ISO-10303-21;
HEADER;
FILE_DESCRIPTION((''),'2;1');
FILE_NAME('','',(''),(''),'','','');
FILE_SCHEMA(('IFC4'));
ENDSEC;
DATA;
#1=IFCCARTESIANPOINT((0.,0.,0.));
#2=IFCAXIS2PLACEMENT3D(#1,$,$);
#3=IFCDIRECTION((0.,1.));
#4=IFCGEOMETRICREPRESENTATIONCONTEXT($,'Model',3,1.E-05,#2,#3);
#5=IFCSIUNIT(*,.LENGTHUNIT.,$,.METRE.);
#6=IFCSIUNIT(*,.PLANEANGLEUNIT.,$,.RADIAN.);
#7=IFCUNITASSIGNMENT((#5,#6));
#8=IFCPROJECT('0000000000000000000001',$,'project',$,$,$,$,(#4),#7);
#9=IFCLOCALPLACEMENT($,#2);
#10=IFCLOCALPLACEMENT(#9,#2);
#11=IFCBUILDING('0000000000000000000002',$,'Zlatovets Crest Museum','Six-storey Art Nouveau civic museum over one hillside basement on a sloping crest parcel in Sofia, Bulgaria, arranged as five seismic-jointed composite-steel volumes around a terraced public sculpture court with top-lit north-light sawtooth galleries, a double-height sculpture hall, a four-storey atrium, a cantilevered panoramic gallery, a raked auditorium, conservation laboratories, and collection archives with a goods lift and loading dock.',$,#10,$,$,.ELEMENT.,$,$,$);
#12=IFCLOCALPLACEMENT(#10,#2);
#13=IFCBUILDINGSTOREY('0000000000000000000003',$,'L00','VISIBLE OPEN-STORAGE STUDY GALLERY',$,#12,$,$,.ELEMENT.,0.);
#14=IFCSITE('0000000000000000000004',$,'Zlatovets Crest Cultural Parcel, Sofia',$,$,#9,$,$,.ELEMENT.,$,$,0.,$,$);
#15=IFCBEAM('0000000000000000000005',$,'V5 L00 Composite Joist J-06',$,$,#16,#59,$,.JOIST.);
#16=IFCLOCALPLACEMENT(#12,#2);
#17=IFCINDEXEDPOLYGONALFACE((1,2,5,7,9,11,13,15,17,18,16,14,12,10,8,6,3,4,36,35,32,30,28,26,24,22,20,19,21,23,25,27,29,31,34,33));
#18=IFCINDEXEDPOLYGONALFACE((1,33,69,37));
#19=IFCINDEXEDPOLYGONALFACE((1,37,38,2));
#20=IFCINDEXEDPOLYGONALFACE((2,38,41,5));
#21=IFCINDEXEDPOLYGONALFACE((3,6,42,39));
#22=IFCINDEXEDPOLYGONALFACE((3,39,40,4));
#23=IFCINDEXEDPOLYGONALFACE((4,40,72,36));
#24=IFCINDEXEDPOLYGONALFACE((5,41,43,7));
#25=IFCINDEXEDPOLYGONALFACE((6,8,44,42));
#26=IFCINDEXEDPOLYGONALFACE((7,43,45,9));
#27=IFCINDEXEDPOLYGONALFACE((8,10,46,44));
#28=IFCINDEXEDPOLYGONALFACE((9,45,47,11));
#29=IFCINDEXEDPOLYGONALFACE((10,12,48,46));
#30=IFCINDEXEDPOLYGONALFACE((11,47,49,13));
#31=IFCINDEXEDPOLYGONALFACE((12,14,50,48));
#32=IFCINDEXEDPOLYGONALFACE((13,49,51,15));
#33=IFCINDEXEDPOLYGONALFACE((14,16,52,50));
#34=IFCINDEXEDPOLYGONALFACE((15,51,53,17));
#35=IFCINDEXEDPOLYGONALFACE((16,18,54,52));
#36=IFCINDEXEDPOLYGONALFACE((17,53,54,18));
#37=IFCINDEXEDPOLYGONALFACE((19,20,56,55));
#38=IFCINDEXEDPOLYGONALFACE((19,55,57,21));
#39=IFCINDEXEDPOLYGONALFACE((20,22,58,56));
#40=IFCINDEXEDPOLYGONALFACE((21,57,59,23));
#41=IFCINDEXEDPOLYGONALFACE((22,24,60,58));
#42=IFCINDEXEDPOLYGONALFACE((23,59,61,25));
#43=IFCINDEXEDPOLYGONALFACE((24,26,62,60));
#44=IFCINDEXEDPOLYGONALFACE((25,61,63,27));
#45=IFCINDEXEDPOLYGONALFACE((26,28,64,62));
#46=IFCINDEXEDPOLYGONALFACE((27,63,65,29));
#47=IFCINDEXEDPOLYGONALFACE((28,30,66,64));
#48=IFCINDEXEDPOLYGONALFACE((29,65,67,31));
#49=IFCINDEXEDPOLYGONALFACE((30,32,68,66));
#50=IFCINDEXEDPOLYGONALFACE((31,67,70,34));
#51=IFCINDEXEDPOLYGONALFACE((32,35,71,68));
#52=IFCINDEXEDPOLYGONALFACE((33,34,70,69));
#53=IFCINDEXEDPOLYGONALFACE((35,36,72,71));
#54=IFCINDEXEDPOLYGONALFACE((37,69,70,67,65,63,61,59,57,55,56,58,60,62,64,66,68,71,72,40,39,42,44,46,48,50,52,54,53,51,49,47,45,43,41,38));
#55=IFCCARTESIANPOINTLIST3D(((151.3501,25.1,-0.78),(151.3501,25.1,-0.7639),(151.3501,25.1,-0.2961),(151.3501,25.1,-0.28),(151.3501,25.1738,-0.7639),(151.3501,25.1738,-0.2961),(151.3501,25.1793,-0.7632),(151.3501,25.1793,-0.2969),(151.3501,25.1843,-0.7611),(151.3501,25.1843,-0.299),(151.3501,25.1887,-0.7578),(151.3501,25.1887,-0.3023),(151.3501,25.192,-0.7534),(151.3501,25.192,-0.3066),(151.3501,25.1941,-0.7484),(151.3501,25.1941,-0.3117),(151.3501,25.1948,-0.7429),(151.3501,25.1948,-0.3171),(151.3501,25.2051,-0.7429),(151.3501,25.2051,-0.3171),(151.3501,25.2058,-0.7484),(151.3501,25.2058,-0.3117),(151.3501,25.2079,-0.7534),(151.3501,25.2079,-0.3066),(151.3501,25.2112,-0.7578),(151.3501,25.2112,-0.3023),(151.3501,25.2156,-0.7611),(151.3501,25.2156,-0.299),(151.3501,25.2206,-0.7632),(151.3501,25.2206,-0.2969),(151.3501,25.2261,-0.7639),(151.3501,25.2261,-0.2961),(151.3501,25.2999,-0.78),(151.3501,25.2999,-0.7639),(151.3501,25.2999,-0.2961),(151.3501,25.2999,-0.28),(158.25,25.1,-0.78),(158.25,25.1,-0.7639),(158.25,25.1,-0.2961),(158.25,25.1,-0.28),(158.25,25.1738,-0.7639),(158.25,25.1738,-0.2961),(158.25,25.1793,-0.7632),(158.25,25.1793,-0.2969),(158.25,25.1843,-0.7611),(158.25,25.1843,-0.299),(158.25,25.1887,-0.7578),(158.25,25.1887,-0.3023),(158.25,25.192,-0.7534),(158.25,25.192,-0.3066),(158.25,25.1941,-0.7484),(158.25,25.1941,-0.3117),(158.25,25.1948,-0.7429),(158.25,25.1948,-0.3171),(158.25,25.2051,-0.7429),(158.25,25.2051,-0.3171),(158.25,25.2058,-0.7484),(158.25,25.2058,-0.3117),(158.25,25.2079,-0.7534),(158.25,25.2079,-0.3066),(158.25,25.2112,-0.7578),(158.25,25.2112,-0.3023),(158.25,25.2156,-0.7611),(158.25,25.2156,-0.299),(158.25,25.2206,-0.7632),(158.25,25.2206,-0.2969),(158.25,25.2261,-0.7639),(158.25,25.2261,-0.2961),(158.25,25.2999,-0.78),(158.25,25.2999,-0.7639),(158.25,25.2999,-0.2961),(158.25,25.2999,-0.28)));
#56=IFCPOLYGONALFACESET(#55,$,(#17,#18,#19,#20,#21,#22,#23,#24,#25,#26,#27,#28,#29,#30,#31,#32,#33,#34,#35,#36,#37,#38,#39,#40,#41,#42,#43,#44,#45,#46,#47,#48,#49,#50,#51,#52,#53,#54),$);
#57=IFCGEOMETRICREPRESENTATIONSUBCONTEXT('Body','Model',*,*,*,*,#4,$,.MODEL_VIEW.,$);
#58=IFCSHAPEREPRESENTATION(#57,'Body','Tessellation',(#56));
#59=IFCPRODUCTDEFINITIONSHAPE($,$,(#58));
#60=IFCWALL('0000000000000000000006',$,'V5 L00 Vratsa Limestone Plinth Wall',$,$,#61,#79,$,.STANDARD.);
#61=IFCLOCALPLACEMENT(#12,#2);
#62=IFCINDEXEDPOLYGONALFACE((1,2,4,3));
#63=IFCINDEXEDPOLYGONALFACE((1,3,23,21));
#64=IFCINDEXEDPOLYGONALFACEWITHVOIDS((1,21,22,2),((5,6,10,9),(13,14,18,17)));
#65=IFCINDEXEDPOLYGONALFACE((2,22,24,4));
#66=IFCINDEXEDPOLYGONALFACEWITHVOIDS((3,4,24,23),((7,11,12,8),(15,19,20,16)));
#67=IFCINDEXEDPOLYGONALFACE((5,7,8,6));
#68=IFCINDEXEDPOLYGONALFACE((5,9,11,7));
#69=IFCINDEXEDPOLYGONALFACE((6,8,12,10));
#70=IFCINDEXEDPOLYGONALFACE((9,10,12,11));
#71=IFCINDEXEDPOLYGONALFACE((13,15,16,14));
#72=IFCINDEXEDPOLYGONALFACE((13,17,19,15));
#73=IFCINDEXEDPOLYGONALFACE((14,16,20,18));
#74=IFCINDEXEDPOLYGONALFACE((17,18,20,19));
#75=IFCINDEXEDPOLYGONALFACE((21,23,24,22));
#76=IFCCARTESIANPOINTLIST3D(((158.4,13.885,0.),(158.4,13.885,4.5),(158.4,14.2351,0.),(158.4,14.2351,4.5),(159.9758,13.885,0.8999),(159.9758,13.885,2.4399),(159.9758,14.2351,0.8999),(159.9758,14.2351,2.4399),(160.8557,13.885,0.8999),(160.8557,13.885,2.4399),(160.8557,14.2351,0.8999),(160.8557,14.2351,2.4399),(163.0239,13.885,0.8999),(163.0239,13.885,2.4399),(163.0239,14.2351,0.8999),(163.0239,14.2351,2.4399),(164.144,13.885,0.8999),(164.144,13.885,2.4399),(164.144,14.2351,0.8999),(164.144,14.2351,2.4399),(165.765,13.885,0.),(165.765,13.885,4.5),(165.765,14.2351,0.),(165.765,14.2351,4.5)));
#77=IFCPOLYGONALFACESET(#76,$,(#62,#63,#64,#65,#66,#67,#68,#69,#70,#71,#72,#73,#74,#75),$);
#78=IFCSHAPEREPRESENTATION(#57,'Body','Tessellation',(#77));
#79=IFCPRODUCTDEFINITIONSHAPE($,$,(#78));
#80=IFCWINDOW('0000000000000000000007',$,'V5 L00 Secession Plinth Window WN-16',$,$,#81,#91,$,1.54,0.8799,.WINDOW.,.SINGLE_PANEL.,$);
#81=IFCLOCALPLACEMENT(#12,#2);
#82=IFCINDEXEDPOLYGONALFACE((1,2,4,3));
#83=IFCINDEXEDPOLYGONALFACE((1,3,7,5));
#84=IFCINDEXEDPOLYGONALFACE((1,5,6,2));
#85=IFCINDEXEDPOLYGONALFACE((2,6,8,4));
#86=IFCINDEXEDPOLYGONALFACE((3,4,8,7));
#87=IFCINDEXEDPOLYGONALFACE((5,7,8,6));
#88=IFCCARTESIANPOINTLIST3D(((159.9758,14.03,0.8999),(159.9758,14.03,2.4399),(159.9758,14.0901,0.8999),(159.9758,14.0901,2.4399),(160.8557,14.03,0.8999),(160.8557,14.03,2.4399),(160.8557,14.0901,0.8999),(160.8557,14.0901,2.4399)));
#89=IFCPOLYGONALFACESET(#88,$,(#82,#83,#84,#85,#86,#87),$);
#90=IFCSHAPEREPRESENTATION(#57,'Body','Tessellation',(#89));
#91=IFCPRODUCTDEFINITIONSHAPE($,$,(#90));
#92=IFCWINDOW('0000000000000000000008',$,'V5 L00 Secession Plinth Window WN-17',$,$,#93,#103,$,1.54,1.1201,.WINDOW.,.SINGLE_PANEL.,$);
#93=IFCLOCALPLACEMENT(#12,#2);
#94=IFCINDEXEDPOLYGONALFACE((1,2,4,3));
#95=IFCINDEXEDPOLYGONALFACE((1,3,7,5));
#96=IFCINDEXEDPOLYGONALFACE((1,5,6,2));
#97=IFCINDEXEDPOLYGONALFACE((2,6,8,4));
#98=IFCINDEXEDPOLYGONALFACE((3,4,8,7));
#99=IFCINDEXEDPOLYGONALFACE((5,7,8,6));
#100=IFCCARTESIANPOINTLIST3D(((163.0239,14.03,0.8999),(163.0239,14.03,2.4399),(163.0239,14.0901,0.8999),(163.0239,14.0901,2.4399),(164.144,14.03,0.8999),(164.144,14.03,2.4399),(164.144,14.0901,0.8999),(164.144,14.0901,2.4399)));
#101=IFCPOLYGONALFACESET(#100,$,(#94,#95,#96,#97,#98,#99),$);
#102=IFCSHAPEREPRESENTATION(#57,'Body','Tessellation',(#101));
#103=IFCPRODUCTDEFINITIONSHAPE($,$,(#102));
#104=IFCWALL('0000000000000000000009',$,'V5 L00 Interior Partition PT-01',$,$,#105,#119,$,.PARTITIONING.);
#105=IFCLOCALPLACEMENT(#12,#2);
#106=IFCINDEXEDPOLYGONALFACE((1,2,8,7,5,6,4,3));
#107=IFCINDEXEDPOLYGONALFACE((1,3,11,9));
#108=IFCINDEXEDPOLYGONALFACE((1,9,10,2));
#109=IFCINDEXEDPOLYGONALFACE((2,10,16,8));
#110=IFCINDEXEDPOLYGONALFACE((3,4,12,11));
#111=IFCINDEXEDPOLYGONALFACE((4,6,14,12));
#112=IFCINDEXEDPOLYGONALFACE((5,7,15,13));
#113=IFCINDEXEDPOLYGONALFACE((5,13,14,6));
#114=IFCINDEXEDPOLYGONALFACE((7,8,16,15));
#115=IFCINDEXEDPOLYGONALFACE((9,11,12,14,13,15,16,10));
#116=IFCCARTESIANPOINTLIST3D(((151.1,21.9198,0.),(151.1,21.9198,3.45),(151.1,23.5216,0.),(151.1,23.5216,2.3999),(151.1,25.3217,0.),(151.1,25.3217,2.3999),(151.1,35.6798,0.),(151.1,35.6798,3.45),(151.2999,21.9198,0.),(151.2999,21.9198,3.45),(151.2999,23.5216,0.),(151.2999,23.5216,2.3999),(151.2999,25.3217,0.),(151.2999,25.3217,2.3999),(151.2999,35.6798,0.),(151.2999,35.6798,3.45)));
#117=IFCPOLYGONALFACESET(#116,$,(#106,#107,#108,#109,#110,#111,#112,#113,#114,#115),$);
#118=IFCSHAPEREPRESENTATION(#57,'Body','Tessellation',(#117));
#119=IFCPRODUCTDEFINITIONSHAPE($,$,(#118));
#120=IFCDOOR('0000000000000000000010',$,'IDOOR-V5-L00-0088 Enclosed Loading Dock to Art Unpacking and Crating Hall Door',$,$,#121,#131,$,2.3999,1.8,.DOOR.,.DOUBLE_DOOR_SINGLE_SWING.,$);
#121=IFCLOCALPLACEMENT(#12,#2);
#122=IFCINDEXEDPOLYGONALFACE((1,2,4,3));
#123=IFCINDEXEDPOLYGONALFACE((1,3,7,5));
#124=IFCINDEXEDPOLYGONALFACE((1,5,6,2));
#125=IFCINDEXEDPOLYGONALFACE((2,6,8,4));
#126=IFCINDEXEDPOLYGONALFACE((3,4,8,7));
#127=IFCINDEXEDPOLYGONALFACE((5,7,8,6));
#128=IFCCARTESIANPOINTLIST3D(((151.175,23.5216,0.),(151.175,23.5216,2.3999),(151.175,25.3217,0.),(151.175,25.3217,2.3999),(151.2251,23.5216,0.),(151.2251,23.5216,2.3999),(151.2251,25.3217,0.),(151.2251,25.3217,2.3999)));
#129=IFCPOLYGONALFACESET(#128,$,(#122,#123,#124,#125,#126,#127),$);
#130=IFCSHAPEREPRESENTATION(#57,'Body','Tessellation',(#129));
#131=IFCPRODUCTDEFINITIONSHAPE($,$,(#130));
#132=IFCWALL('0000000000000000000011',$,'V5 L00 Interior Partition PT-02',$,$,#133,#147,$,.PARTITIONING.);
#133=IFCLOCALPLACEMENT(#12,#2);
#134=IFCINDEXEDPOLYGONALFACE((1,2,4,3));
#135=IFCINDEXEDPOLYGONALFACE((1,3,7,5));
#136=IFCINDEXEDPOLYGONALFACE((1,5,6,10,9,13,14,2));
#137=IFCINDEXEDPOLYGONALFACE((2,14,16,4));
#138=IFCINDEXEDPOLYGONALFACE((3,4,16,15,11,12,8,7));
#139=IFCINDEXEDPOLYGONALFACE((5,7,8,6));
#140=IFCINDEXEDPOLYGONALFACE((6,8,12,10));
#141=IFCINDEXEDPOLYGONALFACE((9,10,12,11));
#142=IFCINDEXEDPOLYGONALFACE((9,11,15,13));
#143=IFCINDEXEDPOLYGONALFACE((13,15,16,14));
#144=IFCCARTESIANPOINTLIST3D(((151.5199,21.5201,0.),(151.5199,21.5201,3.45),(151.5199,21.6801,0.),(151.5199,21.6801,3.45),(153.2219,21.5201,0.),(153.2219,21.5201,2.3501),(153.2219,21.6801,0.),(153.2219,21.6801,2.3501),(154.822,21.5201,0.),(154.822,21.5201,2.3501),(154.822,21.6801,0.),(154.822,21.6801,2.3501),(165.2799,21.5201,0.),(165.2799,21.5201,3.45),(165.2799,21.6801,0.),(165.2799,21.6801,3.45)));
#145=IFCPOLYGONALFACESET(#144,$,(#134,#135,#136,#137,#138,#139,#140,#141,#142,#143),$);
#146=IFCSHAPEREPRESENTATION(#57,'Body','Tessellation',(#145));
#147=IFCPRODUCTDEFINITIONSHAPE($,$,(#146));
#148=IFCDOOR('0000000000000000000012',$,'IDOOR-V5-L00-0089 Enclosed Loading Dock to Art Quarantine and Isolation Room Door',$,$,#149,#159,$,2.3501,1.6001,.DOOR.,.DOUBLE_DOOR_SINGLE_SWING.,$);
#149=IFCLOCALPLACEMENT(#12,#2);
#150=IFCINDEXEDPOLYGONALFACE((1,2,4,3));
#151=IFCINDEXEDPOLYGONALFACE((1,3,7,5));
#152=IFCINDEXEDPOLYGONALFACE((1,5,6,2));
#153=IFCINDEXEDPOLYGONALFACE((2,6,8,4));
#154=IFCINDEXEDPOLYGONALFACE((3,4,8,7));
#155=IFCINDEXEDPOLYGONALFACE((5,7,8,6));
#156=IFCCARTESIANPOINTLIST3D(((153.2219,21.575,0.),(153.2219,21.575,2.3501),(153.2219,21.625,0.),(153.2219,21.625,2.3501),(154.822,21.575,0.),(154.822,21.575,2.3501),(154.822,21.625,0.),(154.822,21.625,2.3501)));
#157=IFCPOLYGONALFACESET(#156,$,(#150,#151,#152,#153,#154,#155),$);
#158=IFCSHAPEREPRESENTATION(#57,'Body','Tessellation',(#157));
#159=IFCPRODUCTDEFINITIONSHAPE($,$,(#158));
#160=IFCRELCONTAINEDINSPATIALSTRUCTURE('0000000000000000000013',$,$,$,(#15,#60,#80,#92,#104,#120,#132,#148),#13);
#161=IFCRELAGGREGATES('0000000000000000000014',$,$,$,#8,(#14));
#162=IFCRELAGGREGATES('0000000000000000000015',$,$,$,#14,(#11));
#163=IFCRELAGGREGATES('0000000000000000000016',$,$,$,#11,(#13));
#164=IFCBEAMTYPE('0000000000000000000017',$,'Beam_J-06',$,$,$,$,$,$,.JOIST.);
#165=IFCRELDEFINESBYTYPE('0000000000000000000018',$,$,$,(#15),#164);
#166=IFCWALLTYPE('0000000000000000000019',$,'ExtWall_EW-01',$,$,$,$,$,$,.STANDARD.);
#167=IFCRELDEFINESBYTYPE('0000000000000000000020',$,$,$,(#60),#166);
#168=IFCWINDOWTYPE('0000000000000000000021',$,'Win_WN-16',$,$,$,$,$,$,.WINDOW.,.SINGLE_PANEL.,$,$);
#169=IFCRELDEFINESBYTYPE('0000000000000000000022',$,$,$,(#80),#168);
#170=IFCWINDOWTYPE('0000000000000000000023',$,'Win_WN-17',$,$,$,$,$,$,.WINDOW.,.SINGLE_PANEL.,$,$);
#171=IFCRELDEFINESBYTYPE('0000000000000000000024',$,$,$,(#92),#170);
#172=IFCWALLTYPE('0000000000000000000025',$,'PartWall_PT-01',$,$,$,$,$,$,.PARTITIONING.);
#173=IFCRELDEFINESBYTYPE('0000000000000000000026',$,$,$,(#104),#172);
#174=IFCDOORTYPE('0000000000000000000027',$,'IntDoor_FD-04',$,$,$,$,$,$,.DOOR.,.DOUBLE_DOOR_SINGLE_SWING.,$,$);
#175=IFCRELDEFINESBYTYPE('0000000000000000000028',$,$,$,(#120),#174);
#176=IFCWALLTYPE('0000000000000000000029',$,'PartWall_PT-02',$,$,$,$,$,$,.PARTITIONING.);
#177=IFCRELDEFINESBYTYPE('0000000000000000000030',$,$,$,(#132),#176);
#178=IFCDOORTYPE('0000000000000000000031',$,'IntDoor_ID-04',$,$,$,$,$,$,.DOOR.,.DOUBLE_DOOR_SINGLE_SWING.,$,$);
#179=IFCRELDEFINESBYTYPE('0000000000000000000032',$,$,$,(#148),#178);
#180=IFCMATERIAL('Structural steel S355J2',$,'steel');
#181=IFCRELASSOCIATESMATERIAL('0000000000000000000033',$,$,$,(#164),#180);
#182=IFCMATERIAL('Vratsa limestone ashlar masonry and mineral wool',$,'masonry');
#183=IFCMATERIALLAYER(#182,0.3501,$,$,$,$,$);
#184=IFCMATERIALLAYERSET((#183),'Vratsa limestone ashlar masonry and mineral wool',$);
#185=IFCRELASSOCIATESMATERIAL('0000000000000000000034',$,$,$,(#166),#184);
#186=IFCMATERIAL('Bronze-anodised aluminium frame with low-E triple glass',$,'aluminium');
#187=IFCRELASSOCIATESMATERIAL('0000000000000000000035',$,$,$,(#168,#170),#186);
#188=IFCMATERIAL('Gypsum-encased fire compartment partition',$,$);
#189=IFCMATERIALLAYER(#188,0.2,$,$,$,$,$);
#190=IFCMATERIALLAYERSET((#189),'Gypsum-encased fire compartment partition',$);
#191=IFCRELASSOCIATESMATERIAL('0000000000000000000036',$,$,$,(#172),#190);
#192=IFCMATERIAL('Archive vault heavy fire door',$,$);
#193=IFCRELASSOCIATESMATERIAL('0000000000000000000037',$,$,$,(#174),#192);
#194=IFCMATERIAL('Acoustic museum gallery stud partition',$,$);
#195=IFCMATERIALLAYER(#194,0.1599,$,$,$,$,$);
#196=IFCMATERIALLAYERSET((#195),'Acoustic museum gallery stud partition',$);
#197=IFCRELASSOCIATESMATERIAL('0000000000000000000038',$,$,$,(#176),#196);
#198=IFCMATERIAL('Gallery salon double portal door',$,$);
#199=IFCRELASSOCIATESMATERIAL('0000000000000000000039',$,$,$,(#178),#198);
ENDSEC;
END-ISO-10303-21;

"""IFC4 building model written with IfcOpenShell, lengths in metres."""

from ifc_helpers import new_model, si_unit, direction, frame, frame_2d, origin, origin_2d, place, context, subcontext, project, spatial, rectangle, i_section, extrude, material, layer, layer_set, material_profile, profile_set, type_object, element, fill, save


model = new_model("IFC4")

# Units and contexts
model_context = context("Model", 3, precision=1e-05, world=origin(), true_north=direction((0.0, 1.0)))
body_context = subcontext(model_context, "Body", "Model", "MODEL_VIEW")
ifc_project = project(units=[si_unit("LENGTHUNIT", "METRE"), si_unit("PLANEANGLEUNIT", "RADIAN")], contexts=[model_context])

# Site, building, storey
site_placement = place(None, origin())
site = spatial("IfcSite", under=ifc_project, at=site_placement, Name="Zlatovets Crest Cultural Parcel, Sofia", CompositionType="ELEMENT", RefElevation=0.0)
building_placement = place(site_placement, origin())
building = spatial("IfcBuilding", under=site, at=building_placement, Name="Zlatovets Crest Museum", Description="Six-storey Art Nouveau civic museum over one hillside basement on a sloping crest parcel in Sofia, Bulgaria, arranged as five seismic-jointed composite-steel volumes around a terraced public sculpture court with top-lit north-light sawtooth galleries, a double-height sculpture hall, a four-storey atrium, a cantilevered panoramic gallery, a raked auditorium, conservation laboratories, and collection archives with a goods lift and loading dock.", CompositionType="ELEMENT")
storey_placement = place(building_placement, origin())
storey = spatial("IfcBuildingStorey", under=building, at=storey_placement, Name="L00", Description="VISIBLE OPEN-STORAGE STUDY GALLERY", CompositionType="ELEMENT", Elevation=0.0)

# Shared definitions
ifc_material_1 = material(Name="Structural steel S355J2", Category="steel")

# Beam
ifc_material_profile_1 = material_profile(ifc_material_1, i_section(OverallWidth=0.2, OverallDepth=0.5, WebThickness=0.0103, FlangeThickness=0.0161, FilletRadius=0.021, at=origin_2d()), Name="IPE 500")
ifc_profile_set_1 = profile_set([ifc_material_profile_1], Name="Structural steel S355J2")
beam_type_1 = type_object("IfcBeamType", Name="Beam_J-06", PredefinedType="JOIST", material=ifc_profile_set_1)
for number, where, z_axis, x_axis, name in (
    (1, (151.3501, 25.2, -0.53), (1.0, 0.0, 0.0), (0.0, 1.0, 0.0), "V5 L00 Composite Joist J-06"),
):
    element("IfcBeam", number, at=place(storey_placement, frame(where, z_axis=z_axis, x_axis=x_axis)), inside=storey, type_object=beam_type_1, Name=name, PredefinedType="JOIST", context=body_context, shape_type="SweptSolid", body=[
        extrude(i_section(OverallWidth=0.2, OverallDepth=0.5, WebThickness=0.0103, FlangeThickness=0.0161, FilletRadius=0.021, at=origin_2d()), origin(), (0.0, 0.0, 1.0), 6.8999),
    ])

# Wall, openings, windows
ifc_material_2 = material(Name="Vratsa limestone ashlar masonry and mineral wool", Category="masonry")
ifc_layer_1 = layer(ifc_material_2, 0.3501)
ifc_layer_set_1 = layer_set([ifc_layer_1], Name="Vratsa limestone ashlar masonry and mineral wool")
wall_type_1 = type_object("IfcWallType", Name="ExtWall_EW-01", PredefinedType="STANDARD", material=ifc_layer_set_1)
wall_1_placement = place(storey_placement, frame((158.3999, 14.0601, 0.0), z_axis=(0.0, 0.0, 1.0), x_axis=(1.0, 0.0, 0.0)))
wall_1 = element("IfcWall", 2, at=wall_1_placement, inside=storey, type_object=wall_type_1, Name="V5 L00 Vratsa Limestone Plinth Wall", PredefinedType="STANDARD", context=body_context, shape_type="SweptSolid", body=[
    extrude(rectangle(XDim=7.365, YDim=0.3501, at=frame_2d((3.6826, 0.0))), origin(), (0.0, 0.0, 1.0), 4.5),
])
opening_1_placement = place(wall_1_placement, frame((1.5759, 0.0, 0.8999)))
opening_1 = element("IfcOpeningElement", 3, at=opening_1_placement, cuts=wall_1, PredefinedType="OPENING", context=body_context, shape_type="SweptSolid", body=[
    extrude(rectangle(XDim=0.8799, YDim=1.54, at=frame_2d((0.4399, 0.77))), frame((0.0, 0.1851, 0.0), z_axis=(0.0, -1.0, 0.0), x_axis=(1.0, 0.0, 0.0)), (0.0, 0.0, 1.0), 0.3701),
])
opening_2_placement = place(wall_1_placement, frame((4.624, 0.0, 0.8999)))
opening_2 = element("IfcOpeningElement", 4, at=opening_2_placement, cuts=wall_1, PredefinedType="OPENING", context=body_context, shape_type="SweptSolid", body=[
    extrude(rectangle(XDim=1.1201, YDim=1.54, at=frame_2d((0.5601, 0.77))), frame((0.0, 0.1851, 0.0), z_axis=(0.0, -1.0, 0.0), x_axis=(1.0, 0.0, 0.0)), (0.0, 0.0, 1.0), 0.3701),
])
ifc_material_3 = material(Name="Bronze-anodised aluminium frame with low-E triple glass", Category="aluminium")
window_type_1 = type_object("IfcWindowType", Name="Win_WN-16", PartitioningType="SINGLE_PANEL", PredefinedType="WINDOW", material=ifc_material_3)
window_1_placement = place(opening_1_placement, origin())
window_1 = element("IfcWindow", 5, at=window_1_placement, inside=storey, type_object=window_type_1, Name="V5 L00 Secession Plinth Window WN-16", OverallHeight=1.54, OverallWidth=0.8799, PartitioningType="SINGLE_PANEL", PredefinedType="WINDOW", context=body_context, shape_type="SweptSolid", body=[
    extrude(rectangle(XDim=0.8799, YDim=1.54, at=frame_2d((0.4399, 0.77))), frame((0.0, 0.03, 0.0), z_axis=(0.0, -1.0, 0.0), x_axis=(1.0, 0.0, 0.0)), (0.0, 0.0, 1.0), 0.0601),
])
fill(opening_1, window_1)
window_type_2 = type_object("IfcWindowType", Name="Win_WN-17", PartitioningType="SINGLE_PANEL", PredefinedType="WINDOW", material=ifc_material_3)
window_2_placement = place(opening_2_placement, origin())
window_2 = element("IfcWindow", 6, at=window_2_placement, inside=storey, type_object=window_type_2, Name="V5 L00 Secession Plinth Window WN-17", OverallHeight=1.54, OverallWidth=1.1201, PartitioningType="SINGLE_PANEL", PredefinedType="WINDOW", context=body_context, shape_type="SweptSolid", body=[
    extrude(rectangle(XDim=1.1201, YDim=1.54, at=frame_2d((0.5601, 0.77))), frame((0.0, 0.03, 0.0), z_axis=(0.0, -1.0, 0.0), x_axis=(1.0, 0.0, 0.0)), (0.0, 0.0, 1.0), 0.0601),
])
fill(opening_2, window_2)

# Walls, openings, doors
ifc_material_4 = material(Name="Gypsum-encased fire compartment partition")
ifc_layer_2 = layer(ifc_material_4, 0.2)
ifc_layer_set_2 = layer_set([ifc_layer_2], Name="Gypsum-encased fire compartment partition")
wall_type_2 = type_object("IfcWallType", Name="PartWall_PT-01", PredefinedType="PARTITIONING", material=ifc_layer_set_2)
wall_2_placement = place(storey_placement, frame((151.2, 21.9199, 0.0), z_axis=(0.0, 0.0, 1.0), x_axis=(0.0, 1.0, 0.0)))
wall_2 = element("IfcWall", 7, at=wall_2_placement, inside=storey, type_object=wall_type_2, Name="V5 L00 Interior Partition PT-01", PredefinedType="PARTITIONING", context=body_context, shape_type="SweptSolid", body=[
    extrude(rectangle(XDim=13.76, YDim=0.2, at=frame_2d((6.8799, 0.0))), origin(), (0.0, 0.0, 1.0), 3.45),
])
opening_3_placement = place(wall_2_placement, frame((1.6018, 0.0, 0.0)))
opening_3 = element("IfcOpeningElement", 8, at=opening_3_placement, cuts=wall_2, PredefinedType="OPENING", context=body_context, shape_type="SweptSolid", body=[
    extrude(rectangle(XDim=1.8, YDim=2.3999, at=frame_2d((0.8999, 1.2))), frame((0.0, 0.1099, 0.0), z_axis=(0.0, -1.0, 0.0), x_axis=(1.0, 0.0, 0.0)), (0.0, 0.0, 1.0), 0.22),
])
ifc_material_5 = material(Name="Archive vault heavy fire door")
door_type_1 = type_object("IfcDoorType", Name="IntDoor_FD-04", OperationType="DOUBLE_DOOR_SINGLE_SWING", PredefinedType="DOOR", material=ifc_material_5)
door_1_placement = place(opening_3_placement, origin())
door_1 = element("IfcDoor", 9, at=door_1_placement, inside=storey, type_object=door_type_1, Name="IDOOR-V5-L00-0088 Enclosed Loading Dock to Art Unpacking and Crating Hall Door", OperationType="DOUBLE_DOOR_SINGLE_SWING", OverallHeight=2.3999, OverallWidth=1.8, PredefinedType="DOOR", context=body_context, shape_type="SweptSolid", body=[
    extrude(rectangle(XDim=1.8, YDim=2.3999, at=frame_2d((0.8999, 1.2))), frame((0.0, 0.0249, 0.0), z_axis=(0.0, -1.0, 0.0), x_axis=(1.0, 0.0, 0.0)), (0.0, 0.0, 1.0), 0.05),
])
fill(opening_3, door_1)
ifc_material_6 = material(Name="Acoustic museum gallery stud partition")
ifc_layer_3 = layer(ifc_material_6, 0.1599)
ifc_layer_set_3 = layer_set([ifc_layer_3], Name="Acoustic museum gallery stud partition")
wall_type_3 = type_object("IfcWallType", Name="PartWall_PT-02", PredefinedType="PARTITIONING", material=ifc_layer_set_3)
wall_3_placement = place(storey_placement, frame((151.52, 21.6001, 0.0), z_axis=(0.0, 0.0, 1.0), x_axis=(1.0, 0.0, 0.0)))
wall_3 = element("IfcWall", 10, at=wall_3_placement, inside=storey, type_object=wall_type_3, Name="V5 L00 Interior Partition PT-02", PredefinedType="PARTITIONING", context=body_context, shape_type="SweptSolid", body=[
    extrude(rectangle(XDim=13.76, YDim=0.1599, at=frame_2d((6.8799, 0.0))), origin(), (0.0, 0.0, 1.0), 3.45),
])
opening_4_placement = place(wall_3_placement, frame((1.7019, 0.0, 0.0)))
opening_4 = element("IfcOpeningElement", 11, at=opening_4_placement, cuts=wall_3, PredefinedType="OPENING", context=body_context, shape_type="SweptSolid", body=[
    extrude(rectangle(XDim=1.6001, YDim=2.3501, at=frame_2d((0.8, 1.175))), frame((0.0, 0.0898, 0.0), z_axis=(0.0, -1.0, 0.0), x_axis=(1.0, 0.0, 0.0)), (0.0, 0.0, 1.0), 0.1799),
])
ifc_material_7 = material(Name="Gallery salon double portal door")
door_type_2 = type_object("IfcDoorType", Name="IntDoor_ID-04", OperationType="DOUBLE_DOOR_SINGLE_SWING", PredefinedType="DOOR", material=ifc_material_7)
door_2_placement = place(opening_4_placement, origin())
door_2 = element("IfcDoor", 12, at=door_2_placement, inside=storey, type_object=door_type_2, Name="IDOOR-V5-L00-0089 Enclosed Loading Dock to Art Quarantine and Isolation Room Door", OperationType="DOUBLE_DOOR_SINGLE_SWING", OverallHeight=2.3501, OverallWidth=1.6001, PredefinedType="DOOR", context=body_context, shape_type="SweptSolid", body=[
    extrude(rectangle(XDim=1.6001, YDim=2.3501, at=frame_2d((0.8, 1.175))), frame((0.0, 0.0249, 0.0), z_axis=(0.0, -1.0, 0.0), x_axis=(1.0, 0.0, 0.0)), (0.0, 0.0, 1.0), 0.05),
])
fill(opening_4, door_2)

save(model, "model.ifc")
